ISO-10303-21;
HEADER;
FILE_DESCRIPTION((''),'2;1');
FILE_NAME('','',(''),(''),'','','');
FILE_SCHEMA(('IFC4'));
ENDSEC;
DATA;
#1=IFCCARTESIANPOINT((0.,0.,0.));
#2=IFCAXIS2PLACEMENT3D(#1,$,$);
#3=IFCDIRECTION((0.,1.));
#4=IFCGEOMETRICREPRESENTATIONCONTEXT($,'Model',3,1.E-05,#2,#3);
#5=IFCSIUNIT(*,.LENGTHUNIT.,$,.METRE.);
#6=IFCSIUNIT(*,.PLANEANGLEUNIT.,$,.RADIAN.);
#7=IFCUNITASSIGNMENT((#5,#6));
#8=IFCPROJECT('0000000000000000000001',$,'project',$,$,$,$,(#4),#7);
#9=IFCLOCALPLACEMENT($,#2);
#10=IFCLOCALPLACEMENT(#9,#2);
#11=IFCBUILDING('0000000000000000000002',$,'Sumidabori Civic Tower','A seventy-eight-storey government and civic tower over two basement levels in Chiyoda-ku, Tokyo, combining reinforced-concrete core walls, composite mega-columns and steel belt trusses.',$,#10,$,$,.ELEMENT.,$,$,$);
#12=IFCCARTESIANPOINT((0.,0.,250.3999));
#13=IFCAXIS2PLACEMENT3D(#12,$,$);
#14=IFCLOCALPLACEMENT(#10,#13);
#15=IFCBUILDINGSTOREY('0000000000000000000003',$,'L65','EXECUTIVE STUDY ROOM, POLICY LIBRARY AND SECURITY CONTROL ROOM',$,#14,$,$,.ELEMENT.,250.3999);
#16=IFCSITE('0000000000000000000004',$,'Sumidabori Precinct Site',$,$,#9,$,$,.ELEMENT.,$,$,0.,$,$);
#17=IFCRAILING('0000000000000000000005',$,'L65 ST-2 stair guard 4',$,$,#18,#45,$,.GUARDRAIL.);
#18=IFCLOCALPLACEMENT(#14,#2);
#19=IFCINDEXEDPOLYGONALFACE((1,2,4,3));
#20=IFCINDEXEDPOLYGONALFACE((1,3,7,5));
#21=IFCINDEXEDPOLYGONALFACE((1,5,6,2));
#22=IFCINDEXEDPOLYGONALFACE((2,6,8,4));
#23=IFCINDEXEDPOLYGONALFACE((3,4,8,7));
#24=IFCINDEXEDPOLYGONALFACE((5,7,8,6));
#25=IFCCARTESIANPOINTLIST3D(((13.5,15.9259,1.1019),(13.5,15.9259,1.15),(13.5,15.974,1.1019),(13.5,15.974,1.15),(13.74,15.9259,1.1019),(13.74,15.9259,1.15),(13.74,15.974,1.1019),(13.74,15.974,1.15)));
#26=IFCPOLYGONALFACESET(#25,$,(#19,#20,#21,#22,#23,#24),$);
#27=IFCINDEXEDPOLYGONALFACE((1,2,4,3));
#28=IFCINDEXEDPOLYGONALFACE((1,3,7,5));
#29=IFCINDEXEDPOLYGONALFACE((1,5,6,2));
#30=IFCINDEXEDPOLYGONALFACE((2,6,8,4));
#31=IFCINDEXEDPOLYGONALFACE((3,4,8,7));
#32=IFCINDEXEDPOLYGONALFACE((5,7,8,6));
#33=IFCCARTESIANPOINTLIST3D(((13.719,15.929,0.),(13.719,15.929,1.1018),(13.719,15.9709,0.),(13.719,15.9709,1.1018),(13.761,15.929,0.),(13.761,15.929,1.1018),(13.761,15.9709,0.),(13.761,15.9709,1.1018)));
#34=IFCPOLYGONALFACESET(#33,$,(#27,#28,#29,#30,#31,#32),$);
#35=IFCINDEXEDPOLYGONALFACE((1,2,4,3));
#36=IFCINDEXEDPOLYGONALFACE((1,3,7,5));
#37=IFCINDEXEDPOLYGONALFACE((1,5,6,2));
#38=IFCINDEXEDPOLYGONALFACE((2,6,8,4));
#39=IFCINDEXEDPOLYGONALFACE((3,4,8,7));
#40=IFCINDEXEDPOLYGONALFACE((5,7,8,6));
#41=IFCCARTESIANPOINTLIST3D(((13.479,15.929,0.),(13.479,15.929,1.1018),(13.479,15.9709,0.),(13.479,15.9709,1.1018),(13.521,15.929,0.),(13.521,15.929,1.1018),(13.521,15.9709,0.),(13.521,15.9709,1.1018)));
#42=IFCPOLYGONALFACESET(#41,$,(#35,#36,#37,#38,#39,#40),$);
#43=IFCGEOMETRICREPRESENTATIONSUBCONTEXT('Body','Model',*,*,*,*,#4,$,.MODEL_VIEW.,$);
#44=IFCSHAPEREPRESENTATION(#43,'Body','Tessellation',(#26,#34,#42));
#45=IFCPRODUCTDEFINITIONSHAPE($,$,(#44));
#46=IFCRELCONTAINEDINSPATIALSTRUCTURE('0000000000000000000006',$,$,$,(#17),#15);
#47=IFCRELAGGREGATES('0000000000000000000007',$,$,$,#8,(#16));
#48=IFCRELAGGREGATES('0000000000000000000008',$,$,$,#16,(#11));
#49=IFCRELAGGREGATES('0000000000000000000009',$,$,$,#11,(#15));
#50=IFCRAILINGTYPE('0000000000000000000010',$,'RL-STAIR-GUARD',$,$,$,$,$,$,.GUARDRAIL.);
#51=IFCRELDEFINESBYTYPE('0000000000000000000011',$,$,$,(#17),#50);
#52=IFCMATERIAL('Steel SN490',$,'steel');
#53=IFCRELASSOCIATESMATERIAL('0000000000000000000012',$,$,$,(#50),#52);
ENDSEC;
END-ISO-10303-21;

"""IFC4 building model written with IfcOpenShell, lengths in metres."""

from ifc_helpers import new_model, si_unit, direction, frame, origin, origin_2d, place, context, subcontext, project, spatial, rectangle, extrude, material, type_object, element, save


model = new_model("IFC4")

# Units and contexts
model_context = context("Model", 3, precision=1e-05, world=origin(), true_north=direction((0.0, 1.0)))
body_context = subcontext(model_context, "Body", "Model", "MODEL_VIEW")
ifc_project = project(units=[si_unit("LENGTHUNIT", "METRE"), si_unit("PLANEANGLEUNIT", "RADIAN")], contexts=[model_context])

# Site, building, storey
site_placement = place(None, origin())
site = spatial("IfcSite", under=ifc_project, at=site_placement, Name="Sumidabori Precinct Site", CompositionType="ELEMENT", RefElevation=0.0)
building_placement = place(site_placement, origin())
building = spatial("IfcBuilding", under=site, at=building_placement, Name="Sumidabori Civic Tower", Description="A seventy-eight-storey government and civic tower over two basement levels in Chiyoda-ku, Tokyo, combining reinforced-concrete core walls, composite mega-columns and steel belt trusses.", CompositionType="ELEMENT")
storey_placement = place(building_placement, frame((0.0, 0.0, 250.3999)))
storey = spatial("IfcBuildingStorey", under=building, at=storey_placement, Name="L65", Description="EXECUTIVE STUDY ROOM, POLICY LIBRARY AND SECURITY CONTROL ROOM", CompositionType="ELEMENT", Elevation=250.3999)

# Shared definitions
ifc_material_1 = material(Name="Steel SN490", Category="steel")

# Railing
railing_type_1 = type_object("IfcRailingType", Name="RL-STAIR-GUARD", PredefinedType="GUARDRAIL", material=ifc_material_1)
railing_1_placement = place(storey_placement, frame((13.74, 15.95, 0.0)))
element("IfcRailing", 1, at=railing_1_placement, inside=storey, type_object=railing_type_1, Name="L65 ST-2 stair guard 4", PredefinedType="GUARDRAIL", context=body_context, shape_type="SweptSolid", body=[
    extrude(rectangle(XDim=0.0481, YDim=0.0481, at=origin_2d()), frame((0.0, 0.0, 1.126), z_axis=(-1.0, 0.0, 0.0), x_axis=(0.0, -1.0, 0.0)), (0.0, 0.0, 1.0), 0.24),
    extrude(rectangle(XDim=0.042, YDim=0.042, at=origin_2d()), origin(), (0.0, 0.0, 1.0), 1.1018),
    extrude(rectangle(XDim=0.042, YDim=0.042, at=origin_2d()), frame((-0.24, 0.0, 0.0)), (0.0, 0.0, 1.0), 1.1018),
])

save(model, "model.ifc")
